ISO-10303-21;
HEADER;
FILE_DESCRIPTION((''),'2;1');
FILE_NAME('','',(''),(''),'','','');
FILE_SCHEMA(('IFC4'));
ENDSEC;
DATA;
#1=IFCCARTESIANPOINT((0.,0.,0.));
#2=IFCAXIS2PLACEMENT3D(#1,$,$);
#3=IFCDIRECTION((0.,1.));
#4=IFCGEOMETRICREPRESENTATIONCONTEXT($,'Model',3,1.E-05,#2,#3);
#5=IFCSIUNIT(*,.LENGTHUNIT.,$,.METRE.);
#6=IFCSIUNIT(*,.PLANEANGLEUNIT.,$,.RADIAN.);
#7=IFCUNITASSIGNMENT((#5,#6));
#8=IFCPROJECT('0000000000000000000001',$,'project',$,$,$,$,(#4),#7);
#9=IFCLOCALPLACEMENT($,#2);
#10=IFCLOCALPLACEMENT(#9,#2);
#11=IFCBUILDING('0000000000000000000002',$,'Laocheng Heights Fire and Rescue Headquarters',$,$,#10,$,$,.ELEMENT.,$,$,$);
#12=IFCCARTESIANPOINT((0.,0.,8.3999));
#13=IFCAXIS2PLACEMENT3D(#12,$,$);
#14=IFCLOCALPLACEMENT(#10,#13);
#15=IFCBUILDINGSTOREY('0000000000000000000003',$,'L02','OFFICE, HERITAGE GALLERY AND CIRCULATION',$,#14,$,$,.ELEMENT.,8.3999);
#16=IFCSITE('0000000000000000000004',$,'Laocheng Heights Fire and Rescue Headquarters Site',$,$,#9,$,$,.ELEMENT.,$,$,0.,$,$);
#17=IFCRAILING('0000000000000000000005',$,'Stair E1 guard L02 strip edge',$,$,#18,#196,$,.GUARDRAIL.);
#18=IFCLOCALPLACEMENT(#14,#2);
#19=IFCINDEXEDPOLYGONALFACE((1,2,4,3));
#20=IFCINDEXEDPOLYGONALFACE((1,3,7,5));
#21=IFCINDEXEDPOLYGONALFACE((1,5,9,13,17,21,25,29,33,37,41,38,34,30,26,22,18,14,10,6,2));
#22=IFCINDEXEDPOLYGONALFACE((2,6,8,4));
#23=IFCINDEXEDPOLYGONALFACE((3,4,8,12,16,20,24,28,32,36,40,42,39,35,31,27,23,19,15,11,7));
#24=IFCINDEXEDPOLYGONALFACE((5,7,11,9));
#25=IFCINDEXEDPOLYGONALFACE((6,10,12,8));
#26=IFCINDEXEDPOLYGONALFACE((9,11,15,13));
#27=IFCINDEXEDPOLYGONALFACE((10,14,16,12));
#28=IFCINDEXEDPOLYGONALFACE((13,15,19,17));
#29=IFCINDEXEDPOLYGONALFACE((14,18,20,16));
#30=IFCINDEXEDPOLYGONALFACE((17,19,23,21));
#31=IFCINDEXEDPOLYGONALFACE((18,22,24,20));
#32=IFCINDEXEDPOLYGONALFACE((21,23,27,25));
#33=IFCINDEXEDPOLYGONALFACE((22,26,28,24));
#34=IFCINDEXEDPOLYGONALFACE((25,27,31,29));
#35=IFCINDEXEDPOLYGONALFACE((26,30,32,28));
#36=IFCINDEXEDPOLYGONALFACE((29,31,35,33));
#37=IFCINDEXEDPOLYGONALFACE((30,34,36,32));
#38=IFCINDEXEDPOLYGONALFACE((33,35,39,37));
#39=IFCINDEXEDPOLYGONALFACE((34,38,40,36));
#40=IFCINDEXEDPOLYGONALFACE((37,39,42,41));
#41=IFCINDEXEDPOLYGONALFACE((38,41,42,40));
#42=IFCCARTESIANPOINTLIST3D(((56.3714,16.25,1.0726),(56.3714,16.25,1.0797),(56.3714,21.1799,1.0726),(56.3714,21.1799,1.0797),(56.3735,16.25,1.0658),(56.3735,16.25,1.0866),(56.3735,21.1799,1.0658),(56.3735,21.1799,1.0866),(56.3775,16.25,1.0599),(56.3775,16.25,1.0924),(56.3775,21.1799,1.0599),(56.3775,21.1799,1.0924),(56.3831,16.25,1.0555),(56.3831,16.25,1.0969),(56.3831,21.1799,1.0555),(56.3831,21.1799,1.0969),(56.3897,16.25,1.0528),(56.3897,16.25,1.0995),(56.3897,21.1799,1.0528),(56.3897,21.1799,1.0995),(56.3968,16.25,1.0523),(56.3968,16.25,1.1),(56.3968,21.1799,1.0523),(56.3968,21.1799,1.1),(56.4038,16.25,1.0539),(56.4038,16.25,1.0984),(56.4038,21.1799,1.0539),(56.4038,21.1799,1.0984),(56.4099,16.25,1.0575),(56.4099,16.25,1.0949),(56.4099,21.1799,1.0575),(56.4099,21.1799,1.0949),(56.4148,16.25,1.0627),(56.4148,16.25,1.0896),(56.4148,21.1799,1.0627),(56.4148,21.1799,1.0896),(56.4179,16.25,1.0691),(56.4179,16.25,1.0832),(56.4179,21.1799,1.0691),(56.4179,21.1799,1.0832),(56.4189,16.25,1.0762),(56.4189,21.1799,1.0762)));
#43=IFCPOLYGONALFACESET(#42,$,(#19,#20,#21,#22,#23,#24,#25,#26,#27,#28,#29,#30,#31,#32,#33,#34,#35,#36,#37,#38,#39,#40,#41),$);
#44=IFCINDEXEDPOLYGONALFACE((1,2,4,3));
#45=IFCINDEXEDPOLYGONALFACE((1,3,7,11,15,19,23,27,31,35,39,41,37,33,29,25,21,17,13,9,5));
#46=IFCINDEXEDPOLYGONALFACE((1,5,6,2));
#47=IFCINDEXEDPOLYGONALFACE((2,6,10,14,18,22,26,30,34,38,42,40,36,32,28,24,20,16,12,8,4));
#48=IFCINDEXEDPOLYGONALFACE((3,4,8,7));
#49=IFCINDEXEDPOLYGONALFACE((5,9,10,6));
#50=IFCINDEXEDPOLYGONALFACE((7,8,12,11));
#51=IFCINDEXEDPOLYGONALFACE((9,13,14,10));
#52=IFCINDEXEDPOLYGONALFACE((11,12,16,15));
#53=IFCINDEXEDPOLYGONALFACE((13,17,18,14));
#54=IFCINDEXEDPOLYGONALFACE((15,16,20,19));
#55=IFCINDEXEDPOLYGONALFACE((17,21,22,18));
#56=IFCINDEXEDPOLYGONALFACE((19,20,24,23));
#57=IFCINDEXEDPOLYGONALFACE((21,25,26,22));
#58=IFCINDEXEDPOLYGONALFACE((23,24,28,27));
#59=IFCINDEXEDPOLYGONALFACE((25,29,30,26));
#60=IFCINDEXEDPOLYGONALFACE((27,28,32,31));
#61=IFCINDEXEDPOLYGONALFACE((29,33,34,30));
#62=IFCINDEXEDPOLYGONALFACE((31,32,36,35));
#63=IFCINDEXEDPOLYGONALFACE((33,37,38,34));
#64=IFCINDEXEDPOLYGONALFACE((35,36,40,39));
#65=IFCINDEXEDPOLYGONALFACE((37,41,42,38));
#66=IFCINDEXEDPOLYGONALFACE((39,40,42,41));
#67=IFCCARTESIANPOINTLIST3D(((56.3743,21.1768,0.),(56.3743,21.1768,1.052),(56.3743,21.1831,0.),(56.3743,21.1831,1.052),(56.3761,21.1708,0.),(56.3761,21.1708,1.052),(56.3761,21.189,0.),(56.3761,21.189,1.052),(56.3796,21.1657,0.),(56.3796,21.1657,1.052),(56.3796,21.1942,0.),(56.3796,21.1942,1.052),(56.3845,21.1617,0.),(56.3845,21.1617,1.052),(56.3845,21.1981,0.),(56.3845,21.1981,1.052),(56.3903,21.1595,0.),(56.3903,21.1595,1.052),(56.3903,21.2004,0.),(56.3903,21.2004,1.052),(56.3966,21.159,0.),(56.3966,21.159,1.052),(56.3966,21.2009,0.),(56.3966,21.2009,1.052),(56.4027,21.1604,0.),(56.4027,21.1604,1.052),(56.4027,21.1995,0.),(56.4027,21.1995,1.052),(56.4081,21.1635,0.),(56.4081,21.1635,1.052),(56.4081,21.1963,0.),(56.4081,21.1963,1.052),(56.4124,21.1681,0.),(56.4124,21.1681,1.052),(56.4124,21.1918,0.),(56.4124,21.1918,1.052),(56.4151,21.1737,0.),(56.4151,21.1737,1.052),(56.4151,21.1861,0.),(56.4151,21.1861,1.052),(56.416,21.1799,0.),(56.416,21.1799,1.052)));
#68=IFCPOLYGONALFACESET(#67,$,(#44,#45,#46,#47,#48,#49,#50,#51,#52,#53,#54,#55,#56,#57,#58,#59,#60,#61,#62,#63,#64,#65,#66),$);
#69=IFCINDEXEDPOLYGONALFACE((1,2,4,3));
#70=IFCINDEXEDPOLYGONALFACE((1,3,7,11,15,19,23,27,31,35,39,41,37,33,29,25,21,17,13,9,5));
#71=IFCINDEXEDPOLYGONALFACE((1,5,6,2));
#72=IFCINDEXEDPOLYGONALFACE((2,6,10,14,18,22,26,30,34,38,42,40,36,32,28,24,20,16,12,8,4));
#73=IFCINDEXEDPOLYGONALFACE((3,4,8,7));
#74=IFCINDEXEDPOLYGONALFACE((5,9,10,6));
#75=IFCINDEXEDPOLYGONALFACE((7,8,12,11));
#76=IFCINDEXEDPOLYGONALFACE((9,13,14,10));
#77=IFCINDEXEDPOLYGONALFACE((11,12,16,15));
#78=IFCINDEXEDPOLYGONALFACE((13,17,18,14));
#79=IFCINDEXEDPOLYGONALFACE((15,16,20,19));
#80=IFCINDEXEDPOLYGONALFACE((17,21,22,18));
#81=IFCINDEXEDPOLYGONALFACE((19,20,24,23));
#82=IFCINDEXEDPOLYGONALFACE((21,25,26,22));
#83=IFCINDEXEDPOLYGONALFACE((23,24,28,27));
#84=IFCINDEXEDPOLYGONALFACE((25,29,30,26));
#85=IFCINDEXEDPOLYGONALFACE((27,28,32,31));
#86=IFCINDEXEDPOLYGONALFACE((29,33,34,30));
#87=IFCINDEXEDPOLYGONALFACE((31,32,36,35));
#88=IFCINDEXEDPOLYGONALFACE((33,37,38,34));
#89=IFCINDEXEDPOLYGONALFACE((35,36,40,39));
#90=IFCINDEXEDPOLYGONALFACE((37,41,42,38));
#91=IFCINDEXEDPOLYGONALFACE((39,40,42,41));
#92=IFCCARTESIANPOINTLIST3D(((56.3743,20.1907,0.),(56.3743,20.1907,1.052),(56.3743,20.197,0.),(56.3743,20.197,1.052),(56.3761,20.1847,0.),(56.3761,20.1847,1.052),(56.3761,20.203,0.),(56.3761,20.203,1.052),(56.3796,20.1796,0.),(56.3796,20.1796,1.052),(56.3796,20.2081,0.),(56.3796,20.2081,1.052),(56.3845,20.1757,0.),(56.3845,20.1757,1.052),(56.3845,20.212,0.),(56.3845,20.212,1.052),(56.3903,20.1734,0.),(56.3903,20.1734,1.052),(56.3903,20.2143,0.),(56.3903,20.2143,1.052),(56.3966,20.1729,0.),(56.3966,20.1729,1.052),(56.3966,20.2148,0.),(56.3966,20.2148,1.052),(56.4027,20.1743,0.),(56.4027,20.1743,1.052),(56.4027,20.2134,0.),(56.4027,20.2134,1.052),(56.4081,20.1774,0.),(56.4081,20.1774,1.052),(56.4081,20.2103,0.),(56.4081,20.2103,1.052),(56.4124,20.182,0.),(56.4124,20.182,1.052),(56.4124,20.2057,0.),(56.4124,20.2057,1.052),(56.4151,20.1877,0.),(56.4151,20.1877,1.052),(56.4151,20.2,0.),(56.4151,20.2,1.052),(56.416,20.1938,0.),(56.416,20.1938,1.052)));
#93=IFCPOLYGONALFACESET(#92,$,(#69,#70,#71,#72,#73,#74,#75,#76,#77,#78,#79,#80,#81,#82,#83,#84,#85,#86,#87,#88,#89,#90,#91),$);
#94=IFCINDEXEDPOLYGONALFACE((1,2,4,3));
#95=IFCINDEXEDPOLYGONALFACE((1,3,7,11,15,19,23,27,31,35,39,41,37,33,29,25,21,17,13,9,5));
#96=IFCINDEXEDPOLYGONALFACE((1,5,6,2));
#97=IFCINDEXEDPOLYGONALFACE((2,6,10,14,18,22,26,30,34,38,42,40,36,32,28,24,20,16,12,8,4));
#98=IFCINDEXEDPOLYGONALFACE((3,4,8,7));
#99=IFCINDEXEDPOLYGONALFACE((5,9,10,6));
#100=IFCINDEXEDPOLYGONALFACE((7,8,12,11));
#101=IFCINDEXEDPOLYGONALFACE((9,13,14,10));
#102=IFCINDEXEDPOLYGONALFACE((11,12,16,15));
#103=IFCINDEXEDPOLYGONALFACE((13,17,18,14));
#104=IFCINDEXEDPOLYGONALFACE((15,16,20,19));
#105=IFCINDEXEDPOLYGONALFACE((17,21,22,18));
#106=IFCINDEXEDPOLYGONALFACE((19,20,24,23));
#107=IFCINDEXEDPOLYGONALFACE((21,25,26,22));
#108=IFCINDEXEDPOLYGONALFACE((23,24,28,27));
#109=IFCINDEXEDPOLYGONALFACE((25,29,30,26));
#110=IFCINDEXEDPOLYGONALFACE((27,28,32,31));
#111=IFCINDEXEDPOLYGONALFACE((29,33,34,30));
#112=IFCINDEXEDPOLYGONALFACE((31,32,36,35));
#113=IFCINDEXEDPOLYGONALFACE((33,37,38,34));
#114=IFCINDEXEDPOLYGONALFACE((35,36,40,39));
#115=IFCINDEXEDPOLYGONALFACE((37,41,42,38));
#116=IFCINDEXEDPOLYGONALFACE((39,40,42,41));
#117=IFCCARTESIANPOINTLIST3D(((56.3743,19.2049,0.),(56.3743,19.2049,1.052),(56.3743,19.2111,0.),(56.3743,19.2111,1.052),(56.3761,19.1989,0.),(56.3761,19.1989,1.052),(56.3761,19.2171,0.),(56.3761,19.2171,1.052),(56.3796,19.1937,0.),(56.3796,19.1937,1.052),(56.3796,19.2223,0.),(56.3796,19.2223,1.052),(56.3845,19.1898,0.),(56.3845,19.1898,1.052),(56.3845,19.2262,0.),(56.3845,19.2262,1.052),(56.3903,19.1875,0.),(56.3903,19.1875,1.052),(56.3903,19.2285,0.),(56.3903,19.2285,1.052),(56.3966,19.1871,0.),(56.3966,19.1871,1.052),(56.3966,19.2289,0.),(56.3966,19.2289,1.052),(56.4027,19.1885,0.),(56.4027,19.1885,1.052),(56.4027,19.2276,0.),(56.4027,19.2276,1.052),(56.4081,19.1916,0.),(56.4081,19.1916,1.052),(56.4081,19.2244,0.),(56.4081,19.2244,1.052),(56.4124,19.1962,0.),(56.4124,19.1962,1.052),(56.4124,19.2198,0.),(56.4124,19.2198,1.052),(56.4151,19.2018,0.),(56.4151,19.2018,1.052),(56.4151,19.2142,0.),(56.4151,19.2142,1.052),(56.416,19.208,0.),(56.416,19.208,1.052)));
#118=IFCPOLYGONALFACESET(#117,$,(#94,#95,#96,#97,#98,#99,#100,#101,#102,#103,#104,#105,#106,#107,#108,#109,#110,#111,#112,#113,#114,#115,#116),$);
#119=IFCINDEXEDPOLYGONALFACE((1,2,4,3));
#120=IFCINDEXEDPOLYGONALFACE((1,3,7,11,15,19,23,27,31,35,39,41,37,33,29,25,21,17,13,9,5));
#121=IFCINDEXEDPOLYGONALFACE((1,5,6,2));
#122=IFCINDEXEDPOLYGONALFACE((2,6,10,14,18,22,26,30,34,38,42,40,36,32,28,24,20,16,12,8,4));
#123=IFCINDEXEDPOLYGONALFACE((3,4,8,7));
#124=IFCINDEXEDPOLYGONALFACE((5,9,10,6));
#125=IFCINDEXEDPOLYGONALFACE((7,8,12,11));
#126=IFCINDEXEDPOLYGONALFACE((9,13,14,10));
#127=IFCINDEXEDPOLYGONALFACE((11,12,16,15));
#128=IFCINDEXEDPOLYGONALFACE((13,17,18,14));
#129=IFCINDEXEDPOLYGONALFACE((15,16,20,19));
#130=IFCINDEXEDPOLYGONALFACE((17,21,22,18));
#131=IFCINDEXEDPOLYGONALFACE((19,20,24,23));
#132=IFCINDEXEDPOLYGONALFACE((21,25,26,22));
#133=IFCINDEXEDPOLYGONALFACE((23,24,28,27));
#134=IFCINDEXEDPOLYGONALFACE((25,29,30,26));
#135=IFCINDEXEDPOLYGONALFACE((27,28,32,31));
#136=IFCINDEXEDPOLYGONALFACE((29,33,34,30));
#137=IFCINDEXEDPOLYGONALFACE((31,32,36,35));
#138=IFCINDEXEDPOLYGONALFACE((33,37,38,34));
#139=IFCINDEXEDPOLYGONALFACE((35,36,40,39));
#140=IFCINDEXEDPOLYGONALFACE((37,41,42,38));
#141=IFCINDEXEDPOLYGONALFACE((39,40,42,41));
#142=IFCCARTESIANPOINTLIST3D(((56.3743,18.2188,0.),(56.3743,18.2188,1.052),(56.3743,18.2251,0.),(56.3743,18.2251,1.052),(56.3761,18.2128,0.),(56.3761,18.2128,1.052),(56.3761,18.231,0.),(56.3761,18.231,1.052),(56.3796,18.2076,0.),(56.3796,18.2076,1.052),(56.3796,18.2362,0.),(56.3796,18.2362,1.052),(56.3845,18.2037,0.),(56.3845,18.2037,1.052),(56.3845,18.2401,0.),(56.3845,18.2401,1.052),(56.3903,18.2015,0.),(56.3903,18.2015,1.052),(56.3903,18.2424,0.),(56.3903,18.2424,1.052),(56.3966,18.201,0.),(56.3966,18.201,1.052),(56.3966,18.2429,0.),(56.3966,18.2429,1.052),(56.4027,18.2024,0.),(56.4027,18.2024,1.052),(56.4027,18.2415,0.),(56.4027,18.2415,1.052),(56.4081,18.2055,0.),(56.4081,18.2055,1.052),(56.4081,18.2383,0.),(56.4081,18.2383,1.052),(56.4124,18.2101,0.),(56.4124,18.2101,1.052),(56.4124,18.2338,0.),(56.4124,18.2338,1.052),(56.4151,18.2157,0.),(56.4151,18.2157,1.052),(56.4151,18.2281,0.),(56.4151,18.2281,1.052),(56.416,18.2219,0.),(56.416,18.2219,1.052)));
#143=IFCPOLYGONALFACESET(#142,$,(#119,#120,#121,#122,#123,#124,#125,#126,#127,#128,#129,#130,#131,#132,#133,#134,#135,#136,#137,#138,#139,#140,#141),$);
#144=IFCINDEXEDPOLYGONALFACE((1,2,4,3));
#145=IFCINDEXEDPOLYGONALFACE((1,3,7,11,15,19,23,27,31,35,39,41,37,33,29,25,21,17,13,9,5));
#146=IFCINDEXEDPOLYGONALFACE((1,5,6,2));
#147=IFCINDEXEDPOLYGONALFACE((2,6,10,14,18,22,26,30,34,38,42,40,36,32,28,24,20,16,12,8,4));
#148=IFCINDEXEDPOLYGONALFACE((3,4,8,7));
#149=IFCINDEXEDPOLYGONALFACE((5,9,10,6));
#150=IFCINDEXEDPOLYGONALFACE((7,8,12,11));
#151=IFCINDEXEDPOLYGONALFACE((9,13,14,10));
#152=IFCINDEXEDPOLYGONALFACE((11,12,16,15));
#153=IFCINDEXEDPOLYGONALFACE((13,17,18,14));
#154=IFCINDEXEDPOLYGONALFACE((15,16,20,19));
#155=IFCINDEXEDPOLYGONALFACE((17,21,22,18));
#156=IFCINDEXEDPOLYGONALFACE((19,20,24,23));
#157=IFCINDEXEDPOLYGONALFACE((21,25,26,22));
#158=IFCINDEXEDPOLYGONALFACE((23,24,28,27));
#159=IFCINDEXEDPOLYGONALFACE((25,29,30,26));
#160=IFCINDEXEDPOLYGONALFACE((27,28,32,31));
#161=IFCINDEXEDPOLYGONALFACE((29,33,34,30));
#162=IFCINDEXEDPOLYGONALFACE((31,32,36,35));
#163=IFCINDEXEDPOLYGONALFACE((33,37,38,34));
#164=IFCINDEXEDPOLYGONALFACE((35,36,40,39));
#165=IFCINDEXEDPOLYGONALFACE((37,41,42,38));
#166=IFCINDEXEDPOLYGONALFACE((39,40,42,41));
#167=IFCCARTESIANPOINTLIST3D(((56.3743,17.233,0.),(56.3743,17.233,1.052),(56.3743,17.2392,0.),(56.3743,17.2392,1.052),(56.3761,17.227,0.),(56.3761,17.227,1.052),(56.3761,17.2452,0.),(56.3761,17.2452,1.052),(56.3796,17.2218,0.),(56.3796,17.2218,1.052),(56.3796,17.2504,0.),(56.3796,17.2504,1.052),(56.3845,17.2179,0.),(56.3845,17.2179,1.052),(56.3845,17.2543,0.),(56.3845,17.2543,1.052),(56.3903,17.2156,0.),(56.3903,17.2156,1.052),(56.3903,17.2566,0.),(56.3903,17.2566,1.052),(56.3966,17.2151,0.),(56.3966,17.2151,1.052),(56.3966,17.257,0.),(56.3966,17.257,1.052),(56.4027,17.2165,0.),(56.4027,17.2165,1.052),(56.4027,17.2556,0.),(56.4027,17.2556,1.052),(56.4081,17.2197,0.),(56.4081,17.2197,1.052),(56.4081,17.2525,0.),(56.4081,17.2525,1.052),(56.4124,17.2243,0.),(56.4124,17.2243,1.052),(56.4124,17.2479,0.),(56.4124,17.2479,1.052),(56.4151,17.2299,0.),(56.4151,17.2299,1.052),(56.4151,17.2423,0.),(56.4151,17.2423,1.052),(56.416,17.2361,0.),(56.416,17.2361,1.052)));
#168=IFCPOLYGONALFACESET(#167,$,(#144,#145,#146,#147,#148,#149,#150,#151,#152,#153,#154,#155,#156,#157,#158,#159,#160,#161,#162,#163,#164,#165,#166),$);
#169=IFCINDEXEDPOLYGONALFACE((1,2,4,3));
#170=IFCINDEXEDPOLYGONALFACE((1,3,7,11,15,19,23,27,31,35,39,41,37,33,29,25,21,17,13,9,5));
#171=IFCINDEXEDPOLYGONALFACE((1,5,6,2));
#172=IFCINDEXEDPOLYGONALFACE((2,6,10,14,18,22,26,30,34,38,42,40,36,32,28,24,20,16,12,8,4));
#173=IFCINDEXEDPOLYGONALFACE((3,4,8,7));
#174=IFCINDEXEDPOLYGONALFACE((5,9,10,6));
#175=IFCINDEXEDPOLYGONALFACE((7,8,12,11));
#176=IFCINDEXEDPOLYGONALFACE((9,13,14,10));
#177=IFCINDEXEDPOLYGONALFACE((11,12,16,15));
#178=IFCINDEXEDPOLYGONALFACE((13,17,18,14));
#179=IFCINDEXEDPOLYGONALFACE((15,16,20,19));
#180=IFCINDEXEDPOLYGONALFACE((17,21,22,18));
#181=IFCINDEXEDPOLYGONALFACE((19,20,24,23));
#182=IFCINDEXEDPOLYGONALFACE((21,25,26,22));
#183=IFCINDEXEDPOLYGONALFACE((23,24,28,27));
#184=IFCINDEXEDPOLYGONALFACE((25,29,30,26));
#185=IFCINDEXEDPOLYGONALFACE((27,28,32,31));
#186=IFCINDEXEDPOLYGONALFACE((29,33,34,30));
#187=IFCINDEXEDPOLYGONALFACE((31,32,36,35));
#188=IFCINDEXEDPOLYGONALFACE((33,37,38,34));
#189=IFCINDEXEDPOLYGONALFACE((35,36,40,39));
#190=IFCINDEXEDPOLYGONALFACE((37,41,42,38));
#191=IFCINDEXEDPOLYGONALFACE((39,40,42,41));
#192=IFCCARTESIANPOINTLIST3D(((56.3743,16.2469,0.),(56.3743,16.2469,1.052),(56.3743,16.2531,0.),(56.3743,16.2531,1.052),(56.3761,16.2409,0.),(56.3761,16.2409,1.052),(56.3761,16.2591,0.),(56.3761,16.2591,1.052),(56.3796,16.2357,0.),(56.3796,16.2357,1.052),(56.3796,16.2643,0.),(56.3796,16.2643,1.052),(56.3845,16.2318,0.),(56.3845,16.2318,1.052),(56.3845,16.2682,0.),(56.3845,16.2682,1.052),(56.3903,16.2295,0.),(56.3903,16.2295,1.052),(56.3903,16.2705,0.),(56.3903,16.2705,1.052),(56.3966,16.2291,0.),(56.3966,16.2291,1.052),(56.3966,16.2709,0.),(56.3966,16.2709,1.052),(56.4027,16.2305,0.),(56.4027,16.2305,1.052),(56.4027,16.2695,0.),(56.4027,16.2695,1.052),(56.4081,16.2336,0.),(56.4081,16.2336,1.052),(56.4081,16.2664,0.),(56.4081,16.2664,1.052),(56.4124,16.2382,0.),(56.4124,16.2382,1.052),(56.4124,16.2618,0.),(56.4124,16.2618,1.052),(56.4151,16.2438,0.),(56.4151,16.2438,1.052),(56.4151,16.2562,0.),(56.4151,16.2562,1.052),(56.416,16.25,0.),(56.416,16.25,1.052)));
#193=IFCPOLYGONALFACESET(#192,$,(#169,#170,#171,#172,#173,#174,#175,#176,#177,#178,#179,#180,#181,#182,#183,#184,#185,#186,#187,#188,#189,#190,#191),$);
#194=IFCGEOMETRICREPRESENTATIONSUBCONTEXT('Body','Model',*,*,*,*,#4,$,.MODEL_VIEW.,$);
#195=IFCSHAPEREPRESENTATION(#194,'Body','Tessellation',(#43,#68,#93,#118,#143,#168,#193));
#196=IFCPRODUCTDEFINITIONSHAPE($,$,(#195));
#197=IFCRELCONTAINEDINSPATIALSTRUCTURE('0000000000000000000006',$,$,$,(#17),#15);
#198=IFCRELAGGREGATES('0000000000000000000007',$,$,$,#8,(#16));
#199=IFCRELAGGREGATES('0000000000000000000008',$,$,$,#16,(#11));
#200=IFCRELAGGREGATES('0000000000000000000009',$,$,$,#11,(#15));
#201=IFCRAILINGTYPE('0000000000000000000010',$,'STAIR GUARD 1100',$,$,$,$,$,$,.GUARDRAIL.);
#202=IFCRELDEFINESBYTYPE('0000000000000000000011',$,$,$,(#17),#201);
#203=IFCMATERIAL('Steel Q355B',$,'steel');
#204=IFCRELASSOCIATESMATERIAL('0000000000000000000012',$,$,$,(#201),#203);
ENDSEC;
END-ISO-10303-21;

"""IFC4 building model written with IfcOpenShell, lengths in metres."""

from ifc_helpers import new_model, si_unit, direction, frame, origin, origin_2d, place, context, subcontext, project, spatial, circle, extrude, material, type_object, element, save


model = new_model("IFC4")

# Units and contexts
model_context = context("Model", 3, precision=1e-05, world=origin(), true_north=direction((0.0, 1.0)))
body_context = subcontext(model_context, "Body", "Model", "MODEL_VIEW")
ifc_project = project(units=[si_unit("LENGTHUNIT", "METRE"), si_unit("PLANEANGLEUNIT", "RADIAN")], contexts=[model_context])

# Site, building, storey
site_placement = place(None, origin())
site = spatial("IfcSite", under=ifc_project, at=site_placement, Name="Laocheng Heights Fire and Rescue Headquarters Site", CompositionType="ELEMENT", RefElevation=0.0)
building_placement = place(site_placement, origin())
building = spatial("IfcBuilding", under=site, at=building_placement, Name="Laocheng Heights Fire and Rescue Headquarters", CompositionType="ELEMENT")
storey_placement = place(building_placement, frame((0.0, 0.0, 8.3999)))
storey = spatial("IfcBuildingStorey", under=building, at=storey_placement, Name="L02", Description="OFFICE, HERITAGE GALLERY AND CIRCULATION", CompositionType="ELEMENT", Elevation=8.3999)

# Railing
ifc_material_1 = material(Name="Steel Q355B", Category="steel")
railing_type = type_object("IfcRailingType", Name="STAIR GUARD 1100", PredefinedType="GUARDRAIL", material=ifc_material_1)
railing_1_placement = place(storey_placement, frame((56.395, 21.1799, 0.0)))
element("IfcRailing", 1, at=railing_1_placement, inside=storey, type_object=railing_type, Name="Stair E1 guard L02 strip edge", PredefinedType="GUARDRAIL", context=body_context, shape_type="SweptSolid", body=[
    extrude(circle(Radius=0.0239, at=origin_2d()), frame((0.0, 0.0, 1.0762), z_axis=(0.0, -1.0, 0.0), x_axis=(1.0, 0.0, 0.0)), (0.0, 0.0, 1.0), 4.9299),
    extrude(circle(Radius=0.021, at=origin_2d()), origin(), (0.0, 0.0, 1.0), 1.052),
    extrude(circle(Radius=0.021, at=origin_2d()), frame((0.0, -0.9861, 0.0)), (0.0, 0.0, 1.0), 1.052),
    extrude(circle(Radius=0.021, at=origin_2d()), frame((0.0, -1.9719, 0.0)), (0.0, 0.0, 1.0), 1.052),
    extrude(circle(Radius=0.021, at=origin_2d()), frame((0.0, -2.958, 0.0)), (0.0, 0.0, 1.0), 1.052),
    extrude(circle(Radius=0.021, at=origin_2d()), frame((0.0, -3.9438, 0.0)), (0.0, 0.0, 1.0), 1.052),
    extrude(circle(Radius=0.021, at=origin_2d()), frame((0.0, -4.9299, 0.0)), (0.0, 0.0, 1.0), 1.052),
])

save(model, "model.ifc")
